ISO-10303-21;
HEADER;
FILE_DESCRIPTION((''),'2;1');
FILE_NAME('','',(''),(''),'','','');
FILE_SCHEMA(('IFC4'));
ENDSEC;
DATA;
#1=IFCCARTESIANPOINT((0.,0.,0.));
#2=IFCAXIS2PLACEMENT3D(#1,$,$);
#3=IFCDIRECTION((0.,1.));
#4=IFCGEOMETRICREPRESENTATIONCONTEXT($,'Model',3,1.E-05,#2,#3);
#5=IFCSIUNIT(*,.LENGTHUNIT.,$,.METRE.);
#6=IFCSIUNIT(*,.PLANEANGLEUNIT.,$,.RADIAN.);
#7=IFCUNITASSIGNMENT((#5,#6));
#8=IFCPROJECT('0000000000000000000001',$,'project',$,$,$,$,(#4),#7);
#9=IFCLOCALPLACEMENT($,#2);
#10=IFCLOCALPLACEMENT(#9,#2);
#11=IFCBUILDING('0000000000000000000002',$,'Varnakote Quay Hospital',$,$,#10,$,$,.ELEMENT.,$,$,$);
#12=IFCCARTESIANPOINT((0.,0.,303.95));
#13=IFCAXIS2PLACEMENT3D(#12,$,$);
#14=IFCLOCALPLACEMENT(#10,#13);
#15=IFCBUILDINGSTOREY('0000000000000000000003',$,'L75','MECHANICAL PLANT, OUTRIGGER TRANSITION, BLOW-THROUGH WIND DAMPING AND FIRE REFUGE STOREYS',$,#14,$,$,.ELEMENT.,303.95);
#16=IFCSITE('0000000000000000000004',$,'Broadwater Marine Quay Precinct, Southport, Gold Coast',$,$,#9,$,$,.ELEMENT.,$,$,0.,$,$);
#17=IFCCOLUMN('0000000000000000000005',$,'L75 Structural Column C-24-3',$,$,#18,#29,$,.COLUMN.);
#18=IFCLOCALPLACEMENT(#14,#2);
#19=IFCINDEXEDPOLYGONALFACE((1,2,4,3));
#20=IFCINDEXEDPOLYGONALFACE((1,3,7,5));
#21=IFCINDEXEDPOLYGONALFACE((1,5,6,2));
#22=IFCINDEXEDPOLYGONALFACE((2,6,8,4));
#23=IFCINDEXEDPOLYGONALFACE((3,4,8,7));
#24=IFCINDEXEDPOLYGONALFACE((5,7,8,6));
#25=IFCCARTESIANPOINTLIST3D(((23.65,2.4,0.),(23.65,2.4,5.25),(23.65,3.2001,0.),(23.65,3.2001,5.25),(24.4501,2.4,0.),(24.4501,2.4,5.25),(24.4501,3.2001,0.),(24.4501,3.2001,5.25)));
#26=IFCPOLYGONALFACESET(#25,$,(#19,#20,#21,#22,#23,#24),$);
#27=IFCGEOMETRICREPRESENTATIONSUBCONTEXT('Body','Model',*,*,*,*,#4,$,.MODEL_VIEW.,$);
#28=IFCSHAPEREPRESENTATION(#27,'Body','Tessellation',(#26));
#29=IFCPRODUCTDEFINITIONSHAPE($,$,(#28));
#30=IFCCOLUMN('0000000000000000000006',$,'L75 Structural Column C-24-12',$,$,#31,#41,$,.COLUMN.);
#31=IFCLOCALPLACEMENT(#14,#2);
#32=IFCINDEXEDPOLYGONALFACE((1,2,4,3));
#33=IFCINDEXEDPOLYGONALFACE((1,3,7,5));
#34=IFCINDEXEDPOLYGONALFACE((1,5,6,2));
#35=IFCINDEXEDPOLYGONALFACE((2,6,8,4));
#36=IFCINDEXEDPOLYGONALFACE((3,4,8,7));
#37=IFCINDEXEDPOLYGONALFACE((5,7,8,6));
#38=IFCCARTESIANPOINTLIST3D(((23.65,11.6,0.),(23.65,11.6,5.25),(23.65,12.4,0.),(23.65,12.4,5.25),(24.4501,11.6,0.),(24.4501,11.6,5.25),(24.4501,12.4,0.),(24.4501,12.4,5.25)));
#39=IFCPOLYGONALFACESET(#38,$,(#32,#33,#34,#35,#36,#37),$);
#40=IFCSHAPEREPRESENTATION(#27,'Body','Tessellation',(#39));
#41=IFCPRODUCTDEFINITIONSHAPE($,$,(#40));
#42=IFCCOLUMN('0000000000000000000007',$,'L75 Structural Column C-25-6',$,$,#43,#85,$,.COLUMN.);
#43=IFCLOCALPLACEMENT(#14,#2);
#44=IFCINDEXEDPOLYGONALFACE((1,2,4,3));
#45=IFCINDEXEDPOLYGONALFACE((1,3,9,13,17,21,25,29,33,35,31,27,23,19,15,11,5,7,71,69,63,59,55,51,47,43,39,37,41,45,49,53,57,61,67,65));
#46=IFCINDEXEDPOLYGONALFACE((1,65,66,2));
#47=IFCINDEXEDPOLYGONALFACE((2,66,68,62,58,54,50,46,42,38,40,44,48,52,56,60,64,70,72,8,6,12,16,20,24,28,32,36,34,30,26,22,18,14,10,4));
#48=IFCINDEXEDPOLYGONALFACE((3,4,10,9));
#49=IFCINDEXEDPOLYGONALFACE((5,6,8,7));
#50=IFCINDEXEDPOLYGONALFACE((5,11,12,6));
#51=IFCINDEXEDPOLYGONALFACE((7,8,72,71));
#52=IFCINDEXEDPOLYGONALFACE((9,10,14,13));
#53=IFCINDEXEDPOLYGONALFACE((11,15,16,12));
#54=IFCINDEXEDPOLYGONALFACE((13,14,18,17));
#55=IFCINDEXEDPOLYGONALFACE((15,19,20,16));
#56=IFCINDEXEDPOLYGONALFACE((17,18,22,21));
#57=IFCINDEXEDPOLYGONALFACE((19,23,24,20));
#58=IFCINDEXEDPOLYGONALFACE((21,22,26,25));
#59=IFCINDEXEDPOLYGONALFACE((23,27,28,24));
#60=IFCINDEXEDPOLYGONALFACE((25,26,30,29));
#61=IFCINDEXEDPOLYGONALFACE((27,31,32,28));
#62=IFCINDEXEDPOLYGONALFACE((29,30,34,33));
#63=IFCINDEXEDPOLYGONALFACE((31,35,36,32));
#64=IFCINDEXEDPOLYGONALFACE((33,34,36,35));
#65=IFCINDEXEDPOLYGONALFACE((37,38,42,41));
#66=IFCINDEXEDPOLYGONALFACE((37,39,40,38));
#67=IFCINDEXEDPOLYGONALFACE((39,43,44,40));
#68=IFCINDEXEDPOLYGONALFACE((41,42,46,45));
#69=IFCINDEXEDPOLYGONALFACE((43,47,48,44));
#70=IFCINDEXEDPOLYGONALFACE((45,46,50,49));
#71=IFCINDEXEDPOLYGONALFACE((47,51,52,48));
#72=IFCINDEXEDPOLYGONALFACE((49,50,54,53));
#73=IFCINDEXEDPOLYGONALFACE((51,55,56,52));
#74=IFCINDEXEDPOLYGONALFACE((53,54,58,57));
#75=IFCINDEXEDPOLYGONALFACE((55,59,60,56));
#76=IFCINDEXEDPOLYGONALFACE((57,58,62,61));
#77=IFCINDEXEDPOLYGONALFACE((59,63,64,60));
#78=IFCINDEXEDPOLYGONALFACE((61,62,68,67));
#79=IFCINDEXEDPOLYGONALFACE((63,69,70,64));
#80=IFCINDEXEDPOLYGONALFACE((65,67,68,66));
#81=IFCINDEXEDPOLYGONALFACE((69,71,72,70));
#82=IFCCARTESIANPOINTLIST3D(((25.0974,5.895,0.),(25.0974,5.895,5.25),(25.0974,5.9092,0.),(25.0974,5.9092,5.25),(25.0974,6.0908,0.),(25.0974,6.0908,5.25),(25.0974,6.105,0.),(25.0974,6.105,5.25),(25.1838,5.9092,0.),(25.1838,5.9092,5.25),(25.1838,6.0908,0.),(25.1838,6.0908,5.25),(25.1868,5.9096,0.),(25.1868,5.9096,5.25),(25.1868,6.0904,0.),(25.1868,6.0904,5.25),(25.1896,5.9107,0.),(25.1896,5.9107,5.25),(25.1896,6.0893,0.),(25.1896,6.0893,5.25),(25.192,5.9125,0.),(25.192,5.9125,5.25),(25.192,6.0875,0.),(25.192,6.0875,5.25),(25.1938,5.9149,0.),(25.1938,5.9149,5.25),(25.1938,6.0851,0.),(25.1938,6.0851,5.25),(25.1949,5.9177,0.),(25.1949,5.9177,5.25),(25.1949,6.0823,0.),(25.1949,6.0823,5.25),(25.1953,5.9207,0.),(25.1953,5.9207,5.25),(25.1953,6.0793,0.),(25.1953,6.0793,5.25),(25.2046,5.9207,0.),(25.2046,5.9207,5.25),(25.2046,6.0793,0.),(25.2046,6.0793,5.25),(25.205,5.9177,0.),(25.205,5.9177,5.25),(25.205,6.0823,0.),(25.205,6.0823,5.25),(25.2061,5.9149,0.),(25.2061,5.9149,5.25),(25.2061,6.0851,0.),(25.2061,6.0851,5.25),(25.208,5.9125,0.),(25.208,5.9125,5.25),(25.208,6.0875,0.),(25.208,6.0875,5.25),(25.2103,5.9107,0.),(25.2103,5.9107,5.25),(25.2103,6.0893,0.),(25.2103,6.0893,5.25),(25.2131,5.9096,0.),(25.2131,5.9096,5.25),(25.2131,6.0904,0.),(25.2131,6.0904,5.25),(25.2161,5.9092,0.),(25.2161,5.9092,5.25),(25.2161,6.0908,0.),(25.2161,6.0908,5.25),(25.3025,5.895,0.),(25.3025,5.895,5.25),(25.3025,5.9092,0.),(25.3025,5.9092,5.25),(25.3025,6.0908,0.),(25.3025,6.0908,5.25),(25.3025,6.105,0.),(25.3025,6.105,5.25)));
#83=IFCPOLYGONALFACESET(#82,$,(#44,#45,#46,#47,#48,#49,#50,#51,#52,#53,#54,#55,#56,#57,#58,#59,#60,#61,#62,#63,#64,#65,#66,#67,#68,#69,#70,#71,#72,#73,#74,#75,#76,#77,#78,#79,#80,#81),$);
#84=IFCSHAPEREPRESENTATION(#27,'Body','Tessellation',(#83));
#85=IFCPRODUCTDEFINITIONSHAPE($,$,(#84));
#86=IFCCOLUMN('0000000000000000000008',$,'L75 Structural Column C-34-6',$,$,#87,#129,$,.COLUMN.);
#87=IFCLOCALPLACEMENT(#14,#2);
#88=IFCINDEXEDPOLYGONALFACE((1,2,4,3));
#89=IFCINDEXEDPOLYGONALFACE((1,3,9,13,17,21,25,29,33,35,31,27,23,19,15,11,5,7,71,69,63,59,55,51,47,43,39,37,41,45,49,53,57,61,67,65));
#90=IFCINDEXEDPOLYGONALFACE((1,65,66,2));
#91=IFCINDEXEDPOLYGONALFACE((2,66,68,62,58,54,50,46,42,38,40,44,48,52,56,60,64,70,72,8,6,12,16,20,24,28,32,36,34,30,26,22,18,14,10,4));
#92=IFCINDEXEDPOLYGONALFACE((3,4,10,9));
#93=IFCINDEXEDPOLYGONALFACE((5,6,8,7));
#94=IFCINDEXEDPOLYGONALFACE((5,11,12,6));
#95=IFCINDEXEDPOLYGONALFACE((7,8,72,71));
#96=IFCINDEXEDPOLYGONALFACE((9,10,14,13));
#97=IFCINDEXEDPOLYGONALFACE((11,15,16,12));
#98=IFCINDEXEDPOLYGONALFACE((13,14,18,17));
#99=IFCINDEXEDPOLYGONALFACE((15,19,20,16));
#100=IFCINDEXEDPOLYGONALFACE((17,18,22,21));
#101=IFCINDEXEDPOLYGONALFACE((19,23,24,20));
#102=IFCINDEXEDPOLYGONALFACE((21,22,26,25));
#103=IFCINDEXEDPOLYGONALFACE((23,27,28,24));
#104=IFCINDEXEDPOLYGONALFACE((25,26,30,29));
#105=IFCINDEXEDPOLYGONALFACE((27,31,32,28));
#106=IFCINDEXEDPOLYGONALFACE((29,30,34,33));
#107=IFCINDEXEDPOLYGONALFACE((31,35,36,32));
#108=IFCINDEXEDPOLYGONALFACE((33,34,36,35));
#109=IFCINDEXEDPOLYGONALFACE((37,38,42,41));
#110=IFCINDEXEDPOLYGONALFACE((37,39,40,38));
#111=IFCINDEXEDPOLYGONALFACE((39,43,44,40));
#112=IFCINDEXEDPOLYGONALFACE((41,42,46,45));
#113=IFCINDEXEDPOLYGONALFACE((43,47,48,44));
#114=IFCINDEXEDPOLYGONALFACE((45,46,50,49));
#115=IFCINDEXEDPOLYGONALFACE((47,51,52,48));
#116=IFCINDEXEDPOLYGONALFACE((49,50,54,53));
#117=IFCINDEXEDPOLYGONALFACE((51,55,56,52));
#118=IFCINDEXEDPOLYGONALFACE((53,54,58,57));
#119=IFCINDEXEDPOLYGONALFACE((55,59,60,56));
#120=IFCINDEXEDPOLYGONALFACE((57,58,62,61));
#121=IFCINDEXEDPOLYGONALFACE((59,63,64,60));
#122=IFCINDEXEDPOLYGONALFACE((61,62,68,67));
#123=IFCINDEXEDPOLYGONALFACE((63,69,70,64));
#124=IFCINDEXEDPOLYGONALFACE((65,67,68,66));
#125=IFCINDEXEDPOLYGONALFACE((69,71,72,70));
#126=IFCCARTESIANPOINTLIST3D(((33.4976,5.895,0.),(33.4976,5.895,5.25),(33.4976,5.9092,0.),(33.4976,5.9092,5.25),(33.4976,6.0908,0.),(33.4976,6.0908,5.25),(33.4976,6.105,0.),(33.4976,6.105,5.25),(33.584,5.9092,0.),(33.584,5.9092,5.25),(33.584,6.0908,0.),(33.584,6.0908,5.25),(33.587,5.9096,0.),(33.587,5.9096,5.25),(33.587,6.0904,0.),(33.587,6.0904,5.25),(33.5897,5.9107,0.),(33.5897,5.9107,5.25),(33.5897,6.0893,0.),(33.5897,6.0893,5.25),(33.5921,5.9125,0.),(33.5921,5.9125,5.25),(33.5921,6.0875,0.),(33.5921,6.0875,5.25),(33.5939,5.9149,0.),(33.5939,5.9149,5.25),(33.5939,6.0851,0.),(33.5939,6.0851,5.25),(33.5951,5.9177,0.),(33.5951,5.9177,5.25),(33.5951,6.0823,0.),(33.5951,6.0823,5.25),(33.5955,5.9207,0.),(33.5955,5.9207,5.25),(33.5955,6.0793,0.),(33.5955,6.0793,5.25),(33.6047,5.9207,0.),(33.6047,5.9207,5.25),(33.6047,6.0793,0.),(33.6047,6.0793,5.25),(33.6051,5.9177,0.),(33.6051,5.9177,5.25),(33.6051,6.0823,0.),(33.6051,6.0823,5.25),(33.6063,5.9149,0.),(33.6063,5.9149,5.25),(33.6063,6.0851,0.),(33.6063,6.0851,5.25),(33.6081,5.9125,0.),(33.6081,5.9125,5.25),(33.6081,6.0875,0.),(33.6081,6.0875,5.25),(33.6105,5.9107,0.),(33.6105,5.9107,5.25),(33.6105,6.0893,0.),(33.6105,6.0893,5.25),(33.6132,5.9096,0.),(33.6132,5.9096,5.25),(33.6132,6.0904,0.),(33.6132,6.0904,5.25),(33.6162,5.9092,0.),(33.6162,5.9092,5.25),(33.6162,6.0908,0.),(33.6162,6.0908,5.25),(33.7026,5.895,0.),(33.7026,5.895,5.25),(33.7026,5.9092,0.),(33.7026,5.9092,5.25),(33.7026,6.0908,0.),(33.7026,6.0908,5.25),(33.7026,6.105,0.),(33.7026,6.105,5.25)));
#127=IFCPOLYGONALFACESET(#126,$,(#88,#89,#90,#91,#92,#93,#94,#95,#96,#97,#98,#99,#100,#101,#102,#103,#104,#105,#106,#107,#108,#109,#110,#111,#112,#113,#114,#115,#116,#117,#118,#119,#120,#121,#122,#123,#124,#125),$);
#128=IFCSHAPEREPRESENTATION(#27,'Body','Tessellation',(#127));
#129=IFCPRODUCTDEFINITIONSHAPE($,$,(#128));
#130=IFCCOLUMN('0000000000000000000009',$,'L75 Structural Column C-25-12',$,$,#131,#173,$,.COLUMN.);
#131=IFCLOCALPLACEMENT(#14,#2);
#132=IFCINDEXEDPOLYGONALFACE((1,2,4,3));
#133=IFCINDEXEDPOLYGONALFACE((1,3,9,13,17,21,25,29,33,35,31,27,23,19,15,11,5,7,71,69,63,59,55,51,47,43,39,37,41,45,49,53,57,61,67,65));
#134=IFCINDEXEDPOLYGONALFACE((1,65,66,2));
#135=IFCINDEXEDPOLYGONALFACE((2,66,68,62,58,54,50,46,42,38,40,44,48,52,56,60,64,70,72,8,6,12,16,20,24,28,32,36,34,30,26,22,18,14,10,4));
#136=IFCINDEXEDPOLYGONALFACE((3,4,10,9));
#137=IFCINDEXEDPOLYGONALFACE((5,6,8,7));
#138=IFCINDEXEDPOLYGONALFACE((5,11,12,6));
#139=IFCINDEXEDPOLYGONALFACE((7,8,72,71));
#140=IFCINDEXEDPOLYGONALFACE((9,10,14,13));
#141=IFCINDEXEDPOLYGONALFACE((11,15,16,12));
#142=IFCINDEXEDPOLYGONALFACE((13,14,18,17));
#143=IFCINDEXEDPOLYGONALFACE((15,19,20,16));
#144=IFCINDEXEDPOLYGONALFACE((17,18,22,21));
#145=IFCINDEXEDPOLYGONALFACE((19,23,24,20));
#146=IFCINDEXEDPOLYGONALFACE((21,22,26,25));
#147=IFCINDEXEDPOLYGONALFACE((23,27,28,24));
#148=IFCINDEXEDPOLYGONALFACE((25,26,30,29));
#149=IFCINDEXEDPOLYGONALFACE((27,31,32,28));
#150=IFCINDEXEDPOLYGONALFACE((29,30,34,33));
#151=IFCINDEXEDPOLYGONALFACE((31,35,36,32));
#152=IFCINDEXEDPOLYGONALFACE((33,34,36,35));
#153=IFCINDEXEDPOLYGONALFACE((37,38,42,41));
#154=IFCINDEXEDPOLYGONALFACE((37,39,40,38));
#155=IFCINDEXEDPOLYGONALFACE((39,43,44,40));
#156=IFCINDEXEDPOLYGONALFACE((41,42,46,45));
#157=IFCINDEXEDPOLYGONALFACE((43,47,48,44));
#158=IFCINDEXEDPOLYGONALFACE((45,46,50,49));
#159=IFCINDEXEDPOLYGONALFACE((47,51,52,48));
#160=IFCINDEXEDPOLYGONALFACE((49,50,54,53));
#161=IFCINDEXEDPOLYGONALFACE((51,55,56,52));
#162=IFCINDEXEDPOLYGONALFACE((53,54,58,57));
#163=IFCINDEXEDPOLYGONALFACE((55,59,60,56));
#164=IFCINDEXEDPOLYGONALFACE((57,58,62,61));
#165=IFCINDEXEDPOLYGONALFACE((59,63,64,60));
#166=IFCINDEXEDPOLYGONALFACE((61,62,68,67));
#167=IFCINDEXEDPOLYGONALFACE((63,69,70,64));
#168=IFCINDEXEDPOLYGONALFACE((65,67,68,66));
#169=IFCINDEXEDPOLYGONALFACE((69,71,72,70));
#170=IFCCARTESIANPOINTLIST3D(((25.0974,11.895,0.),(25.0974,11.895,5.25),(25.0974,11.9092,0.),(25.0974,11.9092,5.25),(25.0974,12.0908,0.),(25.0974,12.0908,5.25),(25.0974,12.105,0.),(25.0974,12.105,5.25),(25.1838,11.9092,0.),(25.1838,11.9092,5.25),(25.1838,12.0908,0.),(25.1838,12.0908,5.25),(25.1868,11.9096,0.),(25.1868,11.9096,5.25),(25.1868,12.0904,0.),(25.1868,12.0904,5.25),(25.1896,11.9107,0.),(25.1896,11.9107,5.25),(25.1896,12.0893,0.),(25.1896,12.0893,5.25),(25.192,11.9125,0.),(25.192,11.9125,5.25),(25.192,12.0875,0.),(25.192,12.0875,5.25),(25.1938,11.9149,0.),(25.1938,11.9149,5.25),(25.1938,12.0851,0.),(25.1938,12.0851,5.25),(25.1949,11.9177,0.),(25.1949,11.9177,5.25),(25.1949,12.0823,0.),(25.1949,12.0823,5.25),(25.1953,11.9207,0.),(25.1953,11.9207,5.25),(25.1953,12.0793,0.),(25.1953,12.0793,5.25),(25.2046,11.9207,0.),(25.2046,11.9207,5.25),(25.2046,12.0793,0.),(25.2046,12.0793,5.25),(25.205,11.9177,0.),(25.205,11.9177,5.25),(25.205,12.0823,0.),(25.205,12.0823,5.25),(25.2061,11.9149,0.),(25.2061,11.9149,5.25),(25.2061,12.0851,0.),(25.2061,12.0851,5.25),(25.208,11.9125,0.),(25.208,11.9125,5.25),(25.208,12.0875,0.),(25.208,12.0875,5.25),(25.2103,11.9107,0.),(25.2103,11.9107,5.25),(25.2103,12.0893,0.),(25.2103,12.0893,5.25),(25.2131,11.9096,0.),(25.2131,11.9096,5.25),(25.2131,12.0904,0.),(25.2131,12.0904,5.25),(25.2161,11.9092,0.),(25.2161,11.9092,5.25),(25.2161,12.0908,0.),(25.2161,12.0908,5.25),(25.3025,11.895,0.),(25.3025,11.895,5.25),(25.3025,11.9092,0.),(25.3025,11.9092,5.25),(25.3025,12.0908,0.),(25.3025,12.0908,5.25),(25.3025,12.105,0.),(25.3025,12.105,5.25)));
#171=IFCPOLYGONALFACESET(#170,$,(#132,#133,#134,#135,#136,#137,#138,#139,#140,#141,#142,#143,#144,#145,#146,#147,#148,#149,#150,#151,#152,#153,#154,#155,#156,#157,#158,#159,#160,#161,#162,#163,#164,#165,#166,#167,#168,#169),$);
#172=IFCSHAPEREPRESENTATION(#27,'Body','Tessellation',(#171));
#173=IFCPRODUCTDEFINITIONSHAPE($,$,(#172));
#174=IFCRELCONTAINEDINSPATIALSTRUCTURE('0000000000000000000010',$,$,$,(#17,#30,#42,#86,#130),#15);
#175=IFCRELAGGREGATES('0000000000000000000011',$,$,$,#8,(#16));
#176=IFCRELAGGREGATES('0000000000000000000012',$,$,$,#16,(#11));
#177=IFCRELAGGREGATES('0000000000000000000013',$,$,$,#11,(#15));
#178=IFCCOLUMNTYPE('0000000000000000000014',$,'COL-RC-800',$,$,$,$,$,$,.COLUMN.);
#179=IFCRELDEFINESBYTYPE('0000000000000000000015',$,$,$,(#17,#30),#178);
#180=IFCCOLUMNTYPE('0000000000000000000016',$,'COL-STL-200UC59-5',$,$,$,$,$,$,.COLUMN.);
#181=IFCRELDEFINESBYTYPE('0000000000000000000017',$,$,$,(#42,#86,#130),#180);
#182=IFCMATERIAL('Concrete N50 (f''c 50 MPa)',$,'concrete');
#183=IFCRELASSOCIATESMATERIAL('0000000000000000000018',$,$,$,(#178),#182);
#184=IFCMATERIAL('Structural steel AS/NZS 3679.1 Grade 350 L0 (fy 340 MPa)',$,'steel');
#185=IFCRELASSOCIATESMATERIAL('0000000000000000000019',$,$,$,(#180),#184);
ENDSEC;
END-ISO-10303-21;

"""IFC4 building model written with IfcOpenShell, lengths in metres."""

from ifc_helpers import new_model, si_unit, direction, frame, origin, origin_2d, place, context, subcontext, project, spatial, rectangle, i_section, extrude, material, material_profile, profile_set, type_object, element, save


model = new_model("IFC4")

# Units and contexts
model_context = context("Model", 3, precision=1e-05, world=origin(), true_north=direction((0.0, 1.0)))
body_context = subcontext(model_context, "Body", "Model", "MODEL_VIEW")
ifc_project = project(units=[si_unit("LENGTHUNIT", "METRE"), si_unit("PLANEANGLEUNIT", "RADIAN")], contexts=[model_context])

# Site, building, storey
site_placement = place(None, origin())
site = spatial("IfcSite", under=ifc_project, at=site_placement, Name="Broadwater Marine Quay Precinct, Southport, Gold Coast", CompositionType="ELEMENT", RefElevation=0.0)
building_placement = place(site_placement, origin())
building = spatial("IfcBuilding", under=site, at=building_placement, Name="Varnakote Quay Hospital", CompositionType="ELEMENT")
storey_placement = place(building_placement, frame((0.0, 0.0, 303.95)))
storey = spatial("IfcBuildingStorey", under=building, at=storey_placement, Name="L75", Description="MECHANICAL PLANT, OUTRIGGER TRANSITION, BLOW-THROUGH WIND DAMPING AND FIRE REFUGE STOREYS", CompositionType="ELEMENT", Elevation=303.95)

# Columns
ifc_material_1 = material(Name="Concrete N50 (f'c 50 MPa)", Category="concrete")
ifc_material_profile_1 = material_profile(ifc_material_1, rectangle(XDim=0.8, YDim=0.8, at=origin_2d()), Name="RC-COL-800x800")
ifc_profile_set_1 = profile_set([ifc_material_profile_1], Name="Concrete N50 (f'c 50 MPa)")
column_type_1 = type_object("IfcColumnType", Name="COL-RC-800", PredefinedType="COLUMN", material=ifc_profile_set_1)
for number, where, z_axis, x_axis, name in (
    (1, (24.05, 2.8, 0.0), (0.0, 0.0, 1.0), (1.0, 0.0, 0.0), "L75 Structural Column C-24-3"),
    (2, (24.05, 12.0, 0.0), (0.0, 0.0, 1.0), (1.0, 0.0, 0.0), "L75 Structural Column C-24-12"),
):
    element("IfcColumn", number, at=place(storey_placement, frame(where, z_axis=z_axis, x_axis=x_axis)), inside=storey, type_object=column_type_1, Name=name, PredefinedType="COLUMN", context=body_context, shape_type="SweptSolid", body=[
        extrude(rectangle(XDim=0.8, YDim=0.8, at=origin_2d()), origin(), (0.0, 0.0, 1.0), 5.25),
    ])
ifc_material_2 = material(Name="Structural steel AS/NZS 3679.1 Grade 350 L0 (fy 340 MPa)", Category="steel")
ifc_material_profile_2 = material_profile(ifc_material_2, i_section(OverallWidth=0.2051, OverallDepth=0.21, WebThickness=0.0093, FlangeThickness=0.0142, FilletRadius=0.0115, at=origin_2d()), Name="200UC59.5")
ifc_profile_set_2 = profile_set([ifc_material_profile_2], Name="Structural steel AS/NZS 3679.1 Grade 350 L0 (fy 340 MPa)")
column_type_2 = type_object("IfcColumnType", Name="COL-STL-200UC59-5", PredefinedType="COLUMN", material=ifc_profile_set_2)
for number, where, z_axis, x_axis, name in (
    (3, (25.2, 6.0, 0.0), (0.0, 0.0, 1.0), (1.0, 0.0, 0.0), "L75 Structural Column C-25-6"),
    (4, (33.6001, 6.0, 0.0), (0.0, 0.0, 1.0), (1.0, 0.0, 0.0), "L75 Structural Column C-34-6"),
    (5, (25.2, 12.0, 0.0), (0.0, 0.0, 1.0), (1.0, 0.0, 0.0), "L75 Structural Column C-25-12"),
):
    element("IfcColumn", number, at=place(storey_placement, frame(where, z_axis=z_axis, x_axis=x_axis)), inside=storey, type_object=column_type_2, Name=name, PredefinedType="COLUMN", context=body_context, shape_type="SweptSolid", body=[
        extrude(i_section(OverallWidth=0.2051, OverallDepth=0.21, WebThickness=0.0093, FlangeThickness=0.0142, FilletRadius=0.0115, at=origin_2d()), origin(), (0.0, 0.0, 1.0), 5.25),
    ])

save(model, "model.ifc")
